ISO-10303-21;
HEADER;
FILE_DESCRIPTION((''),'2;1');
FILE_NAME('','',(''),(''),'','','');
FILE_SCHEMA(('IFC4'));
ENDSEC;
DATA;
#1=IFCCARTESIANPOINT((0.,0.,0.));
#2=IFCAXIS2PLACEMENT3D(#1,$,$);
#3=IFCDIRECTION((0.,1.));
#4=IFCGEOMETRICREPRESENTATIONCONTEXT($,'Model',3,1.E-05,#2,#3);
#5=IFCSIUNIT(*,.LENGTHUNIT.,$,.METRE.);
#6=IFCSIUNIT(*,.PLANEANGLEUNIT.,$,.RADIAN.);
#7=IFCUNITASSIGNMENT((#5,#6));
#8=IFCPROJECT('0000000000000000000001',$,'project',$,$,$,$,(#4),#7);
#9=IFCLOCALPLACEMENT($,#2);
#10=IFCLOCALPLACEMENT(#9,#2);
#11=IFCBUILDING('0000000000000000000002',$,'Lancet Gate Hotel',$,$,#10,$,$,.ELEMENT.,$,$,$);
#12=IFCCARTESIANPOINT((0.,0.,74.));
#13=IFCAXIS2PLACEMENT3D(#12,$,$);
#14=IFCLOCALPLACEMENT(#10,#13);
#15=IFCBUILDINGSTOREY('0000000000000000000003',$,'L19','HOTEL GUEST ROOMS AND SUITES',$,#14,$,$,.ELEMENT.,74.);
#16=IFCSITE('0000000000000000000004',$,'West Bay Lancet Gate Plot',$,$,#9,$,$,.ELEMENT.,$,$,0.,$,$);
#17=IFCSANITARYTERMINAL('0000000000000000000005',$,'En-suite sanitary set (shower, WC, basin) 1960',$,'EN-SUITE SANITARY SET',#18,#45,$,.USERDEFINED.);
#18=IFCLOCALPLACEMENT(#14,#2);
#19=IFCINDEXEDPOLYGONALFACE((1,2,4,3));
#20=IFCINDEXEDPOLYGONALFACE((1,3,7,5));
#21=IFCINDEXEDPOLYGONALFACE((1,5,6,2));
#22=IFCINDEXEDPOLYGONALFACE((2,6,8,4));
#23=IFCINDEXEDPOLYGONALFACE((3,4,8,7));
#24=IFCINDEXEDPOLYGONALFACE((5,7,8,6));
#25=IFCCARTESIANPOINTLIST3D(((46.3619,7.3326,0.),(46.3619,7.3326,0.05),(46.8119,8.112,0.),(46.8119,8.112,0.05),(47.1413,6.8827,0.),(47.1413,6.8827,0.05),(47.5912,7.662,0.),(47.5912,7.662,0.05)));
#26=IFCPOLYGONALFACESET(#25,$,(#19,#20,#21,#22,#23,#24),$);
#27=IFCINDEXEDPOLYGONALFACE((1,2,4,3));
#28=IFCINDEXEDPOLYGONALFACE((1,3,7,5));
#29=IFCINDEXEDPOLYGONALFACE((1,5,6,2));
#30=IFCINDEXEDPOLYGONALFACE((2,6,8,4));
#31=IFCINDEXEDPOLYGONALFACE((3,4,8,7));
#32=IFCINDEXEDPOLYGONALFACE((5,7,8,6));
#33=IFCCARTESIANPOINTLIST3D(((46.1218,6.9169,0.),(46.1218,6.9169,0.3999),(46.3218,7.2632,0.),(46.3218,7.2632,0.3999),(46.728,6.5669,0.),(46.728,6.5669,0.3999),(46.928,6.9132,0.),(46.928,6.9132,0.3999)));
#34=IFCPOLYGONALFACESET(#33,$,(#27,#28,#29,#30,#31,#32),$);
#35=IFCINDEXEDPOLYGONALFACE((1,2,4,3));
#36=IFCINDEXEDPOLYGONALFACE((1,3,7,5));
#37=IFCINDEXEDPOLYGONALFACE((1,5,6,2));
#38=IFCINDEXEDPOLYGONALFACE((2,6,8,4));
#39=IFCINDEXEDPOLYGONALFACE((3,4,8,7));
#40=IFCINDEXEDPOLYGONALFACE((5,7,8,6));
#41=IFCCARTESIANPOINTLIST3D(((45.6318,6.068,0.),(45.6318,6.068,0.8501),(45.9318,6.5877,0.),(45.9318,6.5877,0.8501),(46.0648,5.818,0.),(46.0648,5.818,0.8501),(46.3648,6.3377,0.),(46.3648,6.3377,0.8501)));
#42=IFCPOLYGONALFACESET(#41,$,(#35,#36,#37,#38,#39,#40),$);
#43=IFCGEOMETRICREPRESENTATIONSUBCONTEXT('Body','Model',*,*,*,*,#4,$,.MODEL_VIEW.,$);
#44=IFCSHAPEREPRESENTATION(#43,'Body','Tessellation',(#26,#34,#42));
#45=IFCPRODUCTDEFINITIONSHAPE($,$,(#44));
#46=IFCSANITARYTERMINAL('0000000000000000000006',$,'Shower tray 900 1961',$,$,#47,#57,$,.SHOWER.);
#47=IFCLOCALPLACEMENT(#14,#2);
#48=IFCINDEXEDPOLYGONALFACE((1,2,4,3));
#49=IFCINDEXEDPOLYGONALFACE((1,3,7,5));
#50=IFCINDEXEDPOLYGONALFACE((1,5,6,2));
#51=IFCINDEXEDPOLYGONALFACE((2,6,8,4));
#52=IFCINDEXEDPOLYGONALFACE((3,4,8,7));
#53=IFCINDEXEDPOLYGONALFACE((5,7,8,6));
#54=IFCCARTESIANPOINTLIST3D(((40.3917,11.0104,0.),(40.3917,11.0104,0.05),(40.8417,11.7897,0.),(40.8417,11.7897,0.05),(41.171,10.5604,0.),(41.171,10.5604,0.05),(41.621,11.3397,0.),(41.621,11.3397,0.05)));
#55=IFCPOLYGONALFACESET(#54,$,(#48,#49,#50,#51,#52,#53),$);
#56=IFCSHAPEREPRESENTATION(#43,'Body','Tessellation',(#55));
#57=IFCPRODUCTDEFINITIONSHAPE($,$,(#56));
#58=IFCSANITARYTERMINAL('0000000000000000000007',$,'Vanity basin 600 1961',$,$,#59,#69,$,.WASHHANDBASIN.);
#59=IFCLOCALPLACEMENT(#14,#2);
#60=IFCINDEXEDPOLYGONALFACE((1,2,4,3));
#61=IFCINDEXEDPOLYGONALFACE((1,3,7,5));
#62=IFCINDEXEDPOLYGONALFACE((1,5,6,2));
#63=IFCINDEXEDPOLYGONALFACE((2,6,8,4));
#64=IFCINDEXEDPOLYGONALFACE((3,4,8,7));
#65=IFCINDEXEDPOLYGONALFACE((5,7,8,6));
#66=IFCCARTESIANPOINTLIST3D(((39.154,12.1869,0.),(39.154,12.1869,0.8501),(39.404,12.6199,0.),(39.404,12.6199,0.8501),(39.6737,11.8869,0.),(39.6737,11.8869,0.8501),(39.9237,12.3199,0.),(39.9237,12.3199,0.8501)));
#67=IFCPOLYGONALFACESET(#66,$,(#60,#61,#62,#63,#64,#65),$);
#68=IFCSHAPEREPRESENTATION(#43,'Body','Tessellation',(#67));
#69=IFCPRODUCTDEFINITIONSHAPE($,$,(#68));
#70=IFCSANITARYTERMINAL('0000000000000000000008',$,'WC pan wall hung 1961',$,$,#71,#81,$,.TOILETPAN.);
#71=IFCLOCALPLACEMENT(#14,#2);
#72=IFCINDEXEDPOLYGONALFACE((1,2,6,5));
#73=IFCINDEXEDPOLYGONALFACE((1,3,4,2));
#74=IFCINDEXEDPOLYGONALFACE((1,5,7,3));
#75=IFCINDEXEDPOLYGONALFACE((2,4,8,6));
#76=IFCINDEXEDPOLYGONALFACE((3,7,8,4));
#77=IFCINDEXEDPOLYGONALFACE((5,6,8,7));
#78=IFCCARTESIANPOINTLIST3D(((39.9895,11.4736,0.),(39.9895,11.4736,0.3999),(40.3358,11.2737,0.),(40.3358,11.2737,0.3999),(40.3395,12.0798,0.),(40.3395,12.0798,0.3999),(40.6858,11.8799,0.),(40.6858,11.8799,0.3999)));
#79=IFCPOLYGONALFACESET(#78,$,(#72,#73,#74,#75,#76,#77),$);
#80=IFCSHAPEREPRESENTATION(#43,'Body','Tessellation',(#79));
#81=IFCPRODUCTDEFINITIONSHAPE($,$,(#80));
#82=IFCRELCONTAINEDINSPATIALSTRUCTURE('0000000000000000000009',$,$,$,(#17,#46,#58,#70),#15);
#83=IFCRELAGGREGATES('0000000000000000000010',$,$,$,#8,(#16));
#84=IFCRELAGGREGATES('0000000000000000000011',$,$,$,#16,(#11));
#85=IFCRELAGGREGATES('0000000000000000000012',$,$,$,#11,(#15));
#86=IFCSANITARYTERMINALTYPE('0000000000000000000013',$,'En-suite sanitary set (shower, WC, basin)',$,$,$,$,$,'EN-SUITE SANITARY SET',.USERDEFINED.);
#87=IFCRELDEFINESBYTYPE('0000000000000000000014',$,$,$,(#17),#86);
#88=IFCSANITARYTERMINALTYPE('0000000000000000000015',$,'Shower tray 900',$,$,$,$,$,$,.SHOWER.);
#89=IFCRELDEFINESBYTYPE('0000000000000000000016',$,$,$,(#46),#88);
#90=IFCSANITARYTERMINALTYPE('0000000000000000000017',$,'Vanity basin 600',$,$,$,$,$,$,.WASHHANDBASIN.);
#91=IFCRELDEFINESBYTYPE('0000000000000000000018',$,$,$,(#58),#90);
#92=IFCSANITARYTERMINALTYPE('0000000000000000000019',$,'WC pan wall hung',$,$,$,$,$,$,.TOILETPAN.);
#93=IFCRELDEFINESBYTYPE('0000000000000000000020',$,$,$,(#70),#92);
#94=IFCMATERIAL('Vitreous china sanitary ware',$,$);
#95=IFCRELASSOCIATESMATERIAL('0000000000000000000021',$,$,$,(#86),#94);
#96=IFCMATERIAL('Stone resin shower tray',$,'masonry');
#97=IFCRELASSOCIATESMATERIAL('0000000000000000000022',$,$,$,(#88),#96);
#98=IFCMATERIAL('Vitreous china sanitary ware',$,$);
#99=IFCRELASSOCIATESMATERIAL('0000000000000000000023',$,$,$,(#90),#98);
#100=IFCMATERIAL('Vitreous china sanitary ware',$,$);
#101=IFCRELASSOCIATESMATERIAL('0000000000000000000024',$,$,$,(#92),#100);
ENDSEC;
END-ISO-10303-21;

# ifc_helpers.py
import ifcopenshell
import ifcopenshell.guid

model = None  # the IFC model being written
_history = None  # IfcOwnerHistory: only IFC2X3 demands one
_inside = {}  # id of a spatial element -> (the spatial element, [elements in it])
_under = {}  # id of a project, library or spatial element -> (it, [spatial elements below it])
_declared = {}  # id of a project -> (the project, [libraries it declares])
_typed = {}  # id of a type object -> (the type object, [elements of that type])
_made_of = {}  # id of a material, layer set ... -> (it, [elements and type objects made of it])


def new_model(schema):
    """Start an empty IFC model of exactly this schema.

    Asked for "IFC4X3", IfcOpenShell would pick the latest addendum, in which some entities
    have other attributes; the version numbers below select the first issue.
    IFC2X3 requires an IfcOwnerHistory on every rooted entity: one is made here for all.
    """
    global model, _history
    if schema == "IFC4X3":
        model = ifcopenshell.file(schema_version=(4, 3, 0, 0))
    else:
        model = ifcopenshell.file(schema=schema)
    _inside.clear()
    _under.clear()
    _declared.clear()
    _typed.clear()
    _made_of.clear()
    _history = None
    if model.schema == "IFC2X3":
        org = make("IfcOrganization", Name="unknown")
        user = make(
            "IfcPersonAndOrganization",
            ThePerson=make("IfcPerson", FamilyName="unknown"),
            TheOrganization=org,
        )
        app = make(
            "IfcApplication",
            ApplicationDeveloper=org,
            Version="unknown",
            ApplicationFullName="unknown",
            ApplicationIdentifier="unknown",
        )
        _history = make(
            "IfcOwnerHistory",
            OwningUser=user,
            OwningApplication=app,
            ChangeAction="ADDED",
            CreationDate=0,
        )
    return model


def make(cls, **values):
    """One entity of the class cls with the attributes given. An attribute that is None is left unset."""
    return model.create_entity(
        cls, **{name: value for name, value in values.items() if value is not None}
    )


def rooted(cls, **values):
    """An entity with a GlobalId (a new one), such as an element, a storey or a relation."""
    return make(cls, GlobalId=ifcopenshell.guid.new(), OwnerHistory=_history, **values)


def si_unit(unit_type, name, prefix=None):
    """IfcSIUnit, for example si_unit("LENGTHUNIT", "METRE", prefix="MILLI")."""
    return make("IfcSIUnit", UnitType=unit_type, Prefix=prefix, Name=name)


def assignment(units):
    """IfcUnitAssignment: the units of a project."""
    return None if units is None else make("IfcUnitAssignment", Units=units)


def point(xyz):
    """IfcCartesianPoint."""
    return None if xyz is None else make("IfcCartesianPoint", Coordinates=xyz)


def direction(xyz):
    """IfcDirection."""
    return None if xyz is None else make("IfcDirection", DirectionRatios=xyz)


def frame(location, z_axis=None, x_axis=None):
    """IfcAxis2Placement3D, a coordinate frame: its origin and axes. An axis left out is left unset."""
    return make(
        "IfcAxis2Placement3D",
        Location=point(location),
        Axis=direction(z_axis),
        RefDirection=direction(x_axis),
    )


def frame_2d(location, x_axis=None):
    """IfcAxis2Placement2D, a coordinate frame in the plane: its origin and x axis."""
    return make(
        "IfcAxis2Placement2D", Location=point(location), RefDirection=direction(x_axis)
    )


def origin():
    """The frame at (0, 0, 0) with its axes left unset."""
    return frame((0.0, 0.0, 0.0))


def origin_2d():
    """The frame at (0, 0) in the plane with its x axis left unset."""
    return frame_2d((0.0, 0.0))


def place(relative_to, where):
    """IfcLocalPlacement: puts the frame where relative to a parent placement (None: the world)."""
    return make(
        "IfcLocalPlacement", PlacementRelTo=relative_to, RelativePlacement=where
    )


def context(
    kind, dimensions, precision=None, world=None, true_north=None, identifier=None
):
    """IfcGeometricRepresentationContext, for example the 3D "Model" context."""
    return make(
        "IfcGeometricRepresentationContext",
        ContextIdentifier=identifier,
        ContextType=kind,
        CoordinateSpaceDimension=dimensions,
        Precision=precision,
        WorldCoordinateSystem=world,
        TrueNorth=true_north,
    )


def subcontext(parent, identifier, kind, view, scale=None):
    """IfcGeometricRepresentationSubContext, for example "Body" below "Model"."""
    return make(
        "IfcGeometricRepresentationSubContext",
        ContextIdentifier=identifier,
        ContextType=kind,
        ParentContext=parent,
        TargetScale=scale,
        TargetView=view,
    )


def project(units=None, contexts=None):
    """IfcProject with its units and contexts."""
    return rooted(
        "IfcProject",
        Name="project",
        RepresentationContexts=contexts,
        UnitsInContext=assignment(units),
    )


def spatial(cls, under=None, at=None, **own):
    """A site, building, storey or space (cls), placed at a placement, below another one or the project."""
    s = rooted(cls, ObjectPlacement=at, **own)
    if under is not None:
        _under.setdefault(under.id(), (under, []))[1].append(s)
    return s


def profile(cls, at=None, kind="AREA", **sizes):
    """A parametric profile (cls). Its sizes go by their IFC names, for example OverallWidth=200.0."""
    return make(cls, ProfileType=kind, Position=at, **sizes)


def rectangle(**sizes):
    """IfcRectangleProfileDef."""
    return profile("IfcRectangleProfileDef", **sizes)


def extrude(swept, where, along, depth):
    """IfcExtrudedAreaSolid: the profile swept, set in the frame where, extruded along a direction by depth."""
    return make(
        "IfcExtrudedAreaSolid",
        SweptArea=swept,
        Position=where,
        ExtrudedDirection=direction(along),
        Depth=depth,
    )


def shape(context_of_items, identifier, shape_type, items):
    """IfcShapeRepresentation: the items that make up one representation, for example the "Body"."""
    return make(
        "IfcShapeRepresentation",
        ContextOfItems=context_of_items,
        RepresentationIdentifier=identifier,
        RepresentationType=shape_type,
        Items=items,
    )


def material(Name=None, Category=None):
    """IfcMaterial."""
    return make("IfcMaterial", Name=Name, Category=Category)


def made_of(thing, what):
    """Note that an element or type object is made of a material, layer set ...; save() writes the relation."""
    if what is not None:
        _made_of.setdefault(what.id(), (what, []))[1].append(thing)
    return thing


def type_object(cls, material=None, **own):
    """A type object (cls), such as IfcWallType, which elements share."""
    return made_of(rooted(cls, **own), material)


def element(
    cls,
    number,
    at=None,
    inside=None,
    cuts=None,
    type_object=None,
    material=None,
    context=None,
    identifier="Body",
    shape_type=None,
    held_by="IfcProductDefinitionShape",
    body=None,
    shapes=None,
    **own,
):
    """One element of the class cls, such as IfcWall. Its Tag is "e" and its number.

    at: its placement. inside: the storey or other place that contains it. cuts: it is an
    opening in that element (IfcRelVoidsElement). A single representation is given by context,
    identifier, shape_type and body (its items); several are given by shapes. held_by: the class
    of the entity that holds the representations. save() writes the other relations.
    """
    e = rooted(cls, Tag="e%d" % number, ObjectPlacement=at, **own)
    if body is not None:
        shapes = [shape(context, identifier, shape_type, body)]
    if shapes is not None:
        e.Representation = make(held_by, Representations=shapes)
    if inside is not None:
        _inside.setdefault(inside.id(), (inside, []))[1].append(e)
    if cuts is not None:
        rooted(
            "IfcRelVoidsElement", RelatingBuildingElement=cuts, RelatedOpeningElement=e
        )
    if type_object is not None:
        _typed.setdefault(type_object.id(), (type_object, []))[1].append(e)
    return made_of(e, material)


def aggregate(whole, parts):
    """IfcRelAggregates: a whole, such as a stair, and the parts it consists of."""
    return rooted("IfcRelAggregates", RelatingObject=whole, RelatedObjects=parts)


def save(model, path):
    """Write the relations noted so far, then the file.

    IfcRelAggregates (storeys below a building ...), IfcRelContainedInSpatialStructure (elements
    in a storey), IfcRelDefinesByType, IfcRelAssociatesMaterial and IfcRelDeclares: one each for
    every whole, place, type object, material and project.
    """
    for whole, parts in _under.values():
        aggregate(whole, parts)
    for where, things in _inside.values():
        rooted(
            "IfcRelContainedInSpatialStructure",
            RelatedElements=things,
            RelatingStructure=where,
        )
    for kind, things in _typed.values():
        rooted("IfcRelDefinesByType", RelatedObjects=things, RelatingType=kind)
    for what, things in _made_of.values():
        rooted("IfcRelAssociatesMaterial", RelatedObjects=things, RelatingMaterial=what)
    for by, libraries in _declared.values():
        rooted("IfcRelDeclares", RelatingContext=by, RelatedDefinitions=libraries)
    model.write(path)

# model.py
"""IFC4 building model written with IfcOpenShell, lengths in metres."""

from ifc_helpers import new_model, si_unit, direction, frame, origin, origin_2d, place, context, subcontext, project, spatial, rectangle, extrude, material, type_object, element, save


model = new_model("IFC4")

# Units and contexts
model_context = context("Model", 3, precision=1e-05, world=origin(), true_north=direction((0.0, 1.0)))
body_context = subcontext(model_context, "Body", "Model", "MODEL_VIEW")
ifc_project = project(units=[si_unit("LENGTHUNIT", "METRE"), si_unit("PLANEANGLEUNIT", "RADIAN")], contexts=[model_context])

# Site, building, storey
site_placement = place(None, origin())
site = spatial("IfcSite", under=ifc_project, at=site_placement, Name="West Bay Lancet Gate Plot", CompositionType="ELEMENT", RefElevation=0.0)
building_placement = place(site_placement, origin())
building = spatial("IfcBuilding", under=site, at=building_placement, Name="Lancet Gate Hotel", CompositionType="ELEMENT")
storey_placement = place(building_placement, frame((0.0, 0.0, 74.0)))
storey = spatial("IfcBuildingStorey", under=building, at=storey_placement, Name="L19", Description="HOTEL GUEST ROOMS AND SUITES", CompositionType="ELEMENT", Elevation=74.0)

# Sanitary terminals
ifc_material_1 = material(Name="Vitreous china sanitary ware")
sanitary_terminal_type_1 = type_object("IfcSanitaryTerminalType", Name="En-suite sanitary set (shower, WC, basin)", ElementType="EN-SUITE SANITARY SET", PredefinedType="USERDEFINED", material=ifc_material_1)
sanitary_terminal_1_placement = place(storey_placement, frame((46.9766, 7.4973, 0.0), z_axis=(0.0, 0.0, 1.0), x_axis=(1.0, 0.0, 0.0)))
element("IfcSanitaryTerminal", 1, at=sanitary_terminal_1_placement, inside=storey, type_object=sanitary_terminal_type_1, Name="En-suite sanitary set (shower, WC, basin) 1960", ObjectType="EN-SUITE SANITARY SET", PredefinedType="USERDEFINED", context=body_context, shape_type="SweptSolid", body=[
    extrude(rectangle(XDim=0.8999, YDim=0.8999, at=origin_2d()), frame((0.0, 0.0, 0.0), z_axis=(0.0, 0.0, 1.0), x_axis=(0.5, 0.866025, 0.0)), (0.0, 0.0, 1.0), 0.05),
    extrude(rectangle(XDim=0.3999, YDim=0.7, at=origin_2d()), frame((-0.4517, -0.5823, 0.0), z_axis=(0.0, 0.0, 1.0), x_axis=(0.5, 0.866025, 0.0)), (0.0, 0.0, 1.0), 0.3999),
    extrude(rectangle(XDim=0.6001, YDim=0.5, at=origin_2d()), frame((-0.9783, -1.2944, 0.0), z_axis=(0.0, 0.0, 1.0), x_axis=(0.5, 0.866025, 0.0)), (0.0, 0.0, 1.0), 0.8501),
])
ifc_material_2 = material(Name="Stone resin shower tray", Category="masonry")
sanitary_terminal_type_2 = type_object("IfcSanitaryTerminalType", Name="Shower tray 900", PredefinedType="SHOWER", material=ifc_material_2)
sanitary_terminal_2_placement = place(storey_placement, frame((41.0063, 11.175, 0.0), z_axis=(0.0, 0.0, 1.0), x_axis=(0.866025, -0.5, 0.0)))
element("IfcSanitaryTerminal", 2, at=sanitary_terminal_2_placement, inside=storey, type_object=sanitary_terminal_type_2, Name="Shower tray 900 1961", PredefinedType="SHOWER", context=body_context, shape_type="SweptSolid", body=[
    extrude(rectangle(XDim=0.8999, YDim=0.8999, at=origin_2d()), origin(), (0.0, 0.0, 1.0), 0.05),
])
ifc_material_3 = material(Name="Vitreous china sanitary ware")
sanitary_terminal_type_3 = type_object("IfcSanitaryTerminalType", Name="Vanity basin 600", PredefinedType="WASHHANDBASIN", material=ifc_material_3)
sanitary_terminal_3_placement = place(storey_placement, frame((39.5388, 12.2534, 0.0), z_axis=(0.0, 0.0, 1.0), x_axis=(0.866025, -0.5, 0.0)))
element("IfcSanitaryTerminal", 3, at=sanitary_terminal_3_placement, inside=storey, type_object=sanitary_terminal_type_3, Name="Vanity basin 600 1961", PredefinedType="WASHHANDBASIN", context=body_context, shape_type="SweptSolid", body=[
    extrude(rectangle(XDim=0.6001, YDim=0.5, at=origin_2d()), origin(), (0.0, 0.0, 1.0), 0.8501),
])
ifc_material_4 = material(Name="Vitreous china sanitary ware")
sanitary_terminal_type_4 = type_object("IfcSanitaryTerminalType", Name="WC pan wall hung", PredefinedType="TOILETPAN", material=ifc_material_4)
sanitary_terminal_4_placement = place(storey_placement, frame((40.3376, 11.6768, 0.0), z_axis=(0.0, 0.0, 1.0), x_axis=(0.866025, -0.5, 0.0)))
element("IfcSanitaryTerminal", 4, at=sanitary_terminal_4_placement, inside=storey, type_object=sanitary_terminal_type_4, Name="WC pan wall hung 1961", PredefinedType="TOILETPAN", context=body_context, shape_type="SweptSolid", body=[
    extrude(rectangle(XDim=0.3999, YDim=0.7, at=origin_2d()), origin(), (0.0, 0.0, 1.0), 0.3999),
])

save(model, "model.ifc")
